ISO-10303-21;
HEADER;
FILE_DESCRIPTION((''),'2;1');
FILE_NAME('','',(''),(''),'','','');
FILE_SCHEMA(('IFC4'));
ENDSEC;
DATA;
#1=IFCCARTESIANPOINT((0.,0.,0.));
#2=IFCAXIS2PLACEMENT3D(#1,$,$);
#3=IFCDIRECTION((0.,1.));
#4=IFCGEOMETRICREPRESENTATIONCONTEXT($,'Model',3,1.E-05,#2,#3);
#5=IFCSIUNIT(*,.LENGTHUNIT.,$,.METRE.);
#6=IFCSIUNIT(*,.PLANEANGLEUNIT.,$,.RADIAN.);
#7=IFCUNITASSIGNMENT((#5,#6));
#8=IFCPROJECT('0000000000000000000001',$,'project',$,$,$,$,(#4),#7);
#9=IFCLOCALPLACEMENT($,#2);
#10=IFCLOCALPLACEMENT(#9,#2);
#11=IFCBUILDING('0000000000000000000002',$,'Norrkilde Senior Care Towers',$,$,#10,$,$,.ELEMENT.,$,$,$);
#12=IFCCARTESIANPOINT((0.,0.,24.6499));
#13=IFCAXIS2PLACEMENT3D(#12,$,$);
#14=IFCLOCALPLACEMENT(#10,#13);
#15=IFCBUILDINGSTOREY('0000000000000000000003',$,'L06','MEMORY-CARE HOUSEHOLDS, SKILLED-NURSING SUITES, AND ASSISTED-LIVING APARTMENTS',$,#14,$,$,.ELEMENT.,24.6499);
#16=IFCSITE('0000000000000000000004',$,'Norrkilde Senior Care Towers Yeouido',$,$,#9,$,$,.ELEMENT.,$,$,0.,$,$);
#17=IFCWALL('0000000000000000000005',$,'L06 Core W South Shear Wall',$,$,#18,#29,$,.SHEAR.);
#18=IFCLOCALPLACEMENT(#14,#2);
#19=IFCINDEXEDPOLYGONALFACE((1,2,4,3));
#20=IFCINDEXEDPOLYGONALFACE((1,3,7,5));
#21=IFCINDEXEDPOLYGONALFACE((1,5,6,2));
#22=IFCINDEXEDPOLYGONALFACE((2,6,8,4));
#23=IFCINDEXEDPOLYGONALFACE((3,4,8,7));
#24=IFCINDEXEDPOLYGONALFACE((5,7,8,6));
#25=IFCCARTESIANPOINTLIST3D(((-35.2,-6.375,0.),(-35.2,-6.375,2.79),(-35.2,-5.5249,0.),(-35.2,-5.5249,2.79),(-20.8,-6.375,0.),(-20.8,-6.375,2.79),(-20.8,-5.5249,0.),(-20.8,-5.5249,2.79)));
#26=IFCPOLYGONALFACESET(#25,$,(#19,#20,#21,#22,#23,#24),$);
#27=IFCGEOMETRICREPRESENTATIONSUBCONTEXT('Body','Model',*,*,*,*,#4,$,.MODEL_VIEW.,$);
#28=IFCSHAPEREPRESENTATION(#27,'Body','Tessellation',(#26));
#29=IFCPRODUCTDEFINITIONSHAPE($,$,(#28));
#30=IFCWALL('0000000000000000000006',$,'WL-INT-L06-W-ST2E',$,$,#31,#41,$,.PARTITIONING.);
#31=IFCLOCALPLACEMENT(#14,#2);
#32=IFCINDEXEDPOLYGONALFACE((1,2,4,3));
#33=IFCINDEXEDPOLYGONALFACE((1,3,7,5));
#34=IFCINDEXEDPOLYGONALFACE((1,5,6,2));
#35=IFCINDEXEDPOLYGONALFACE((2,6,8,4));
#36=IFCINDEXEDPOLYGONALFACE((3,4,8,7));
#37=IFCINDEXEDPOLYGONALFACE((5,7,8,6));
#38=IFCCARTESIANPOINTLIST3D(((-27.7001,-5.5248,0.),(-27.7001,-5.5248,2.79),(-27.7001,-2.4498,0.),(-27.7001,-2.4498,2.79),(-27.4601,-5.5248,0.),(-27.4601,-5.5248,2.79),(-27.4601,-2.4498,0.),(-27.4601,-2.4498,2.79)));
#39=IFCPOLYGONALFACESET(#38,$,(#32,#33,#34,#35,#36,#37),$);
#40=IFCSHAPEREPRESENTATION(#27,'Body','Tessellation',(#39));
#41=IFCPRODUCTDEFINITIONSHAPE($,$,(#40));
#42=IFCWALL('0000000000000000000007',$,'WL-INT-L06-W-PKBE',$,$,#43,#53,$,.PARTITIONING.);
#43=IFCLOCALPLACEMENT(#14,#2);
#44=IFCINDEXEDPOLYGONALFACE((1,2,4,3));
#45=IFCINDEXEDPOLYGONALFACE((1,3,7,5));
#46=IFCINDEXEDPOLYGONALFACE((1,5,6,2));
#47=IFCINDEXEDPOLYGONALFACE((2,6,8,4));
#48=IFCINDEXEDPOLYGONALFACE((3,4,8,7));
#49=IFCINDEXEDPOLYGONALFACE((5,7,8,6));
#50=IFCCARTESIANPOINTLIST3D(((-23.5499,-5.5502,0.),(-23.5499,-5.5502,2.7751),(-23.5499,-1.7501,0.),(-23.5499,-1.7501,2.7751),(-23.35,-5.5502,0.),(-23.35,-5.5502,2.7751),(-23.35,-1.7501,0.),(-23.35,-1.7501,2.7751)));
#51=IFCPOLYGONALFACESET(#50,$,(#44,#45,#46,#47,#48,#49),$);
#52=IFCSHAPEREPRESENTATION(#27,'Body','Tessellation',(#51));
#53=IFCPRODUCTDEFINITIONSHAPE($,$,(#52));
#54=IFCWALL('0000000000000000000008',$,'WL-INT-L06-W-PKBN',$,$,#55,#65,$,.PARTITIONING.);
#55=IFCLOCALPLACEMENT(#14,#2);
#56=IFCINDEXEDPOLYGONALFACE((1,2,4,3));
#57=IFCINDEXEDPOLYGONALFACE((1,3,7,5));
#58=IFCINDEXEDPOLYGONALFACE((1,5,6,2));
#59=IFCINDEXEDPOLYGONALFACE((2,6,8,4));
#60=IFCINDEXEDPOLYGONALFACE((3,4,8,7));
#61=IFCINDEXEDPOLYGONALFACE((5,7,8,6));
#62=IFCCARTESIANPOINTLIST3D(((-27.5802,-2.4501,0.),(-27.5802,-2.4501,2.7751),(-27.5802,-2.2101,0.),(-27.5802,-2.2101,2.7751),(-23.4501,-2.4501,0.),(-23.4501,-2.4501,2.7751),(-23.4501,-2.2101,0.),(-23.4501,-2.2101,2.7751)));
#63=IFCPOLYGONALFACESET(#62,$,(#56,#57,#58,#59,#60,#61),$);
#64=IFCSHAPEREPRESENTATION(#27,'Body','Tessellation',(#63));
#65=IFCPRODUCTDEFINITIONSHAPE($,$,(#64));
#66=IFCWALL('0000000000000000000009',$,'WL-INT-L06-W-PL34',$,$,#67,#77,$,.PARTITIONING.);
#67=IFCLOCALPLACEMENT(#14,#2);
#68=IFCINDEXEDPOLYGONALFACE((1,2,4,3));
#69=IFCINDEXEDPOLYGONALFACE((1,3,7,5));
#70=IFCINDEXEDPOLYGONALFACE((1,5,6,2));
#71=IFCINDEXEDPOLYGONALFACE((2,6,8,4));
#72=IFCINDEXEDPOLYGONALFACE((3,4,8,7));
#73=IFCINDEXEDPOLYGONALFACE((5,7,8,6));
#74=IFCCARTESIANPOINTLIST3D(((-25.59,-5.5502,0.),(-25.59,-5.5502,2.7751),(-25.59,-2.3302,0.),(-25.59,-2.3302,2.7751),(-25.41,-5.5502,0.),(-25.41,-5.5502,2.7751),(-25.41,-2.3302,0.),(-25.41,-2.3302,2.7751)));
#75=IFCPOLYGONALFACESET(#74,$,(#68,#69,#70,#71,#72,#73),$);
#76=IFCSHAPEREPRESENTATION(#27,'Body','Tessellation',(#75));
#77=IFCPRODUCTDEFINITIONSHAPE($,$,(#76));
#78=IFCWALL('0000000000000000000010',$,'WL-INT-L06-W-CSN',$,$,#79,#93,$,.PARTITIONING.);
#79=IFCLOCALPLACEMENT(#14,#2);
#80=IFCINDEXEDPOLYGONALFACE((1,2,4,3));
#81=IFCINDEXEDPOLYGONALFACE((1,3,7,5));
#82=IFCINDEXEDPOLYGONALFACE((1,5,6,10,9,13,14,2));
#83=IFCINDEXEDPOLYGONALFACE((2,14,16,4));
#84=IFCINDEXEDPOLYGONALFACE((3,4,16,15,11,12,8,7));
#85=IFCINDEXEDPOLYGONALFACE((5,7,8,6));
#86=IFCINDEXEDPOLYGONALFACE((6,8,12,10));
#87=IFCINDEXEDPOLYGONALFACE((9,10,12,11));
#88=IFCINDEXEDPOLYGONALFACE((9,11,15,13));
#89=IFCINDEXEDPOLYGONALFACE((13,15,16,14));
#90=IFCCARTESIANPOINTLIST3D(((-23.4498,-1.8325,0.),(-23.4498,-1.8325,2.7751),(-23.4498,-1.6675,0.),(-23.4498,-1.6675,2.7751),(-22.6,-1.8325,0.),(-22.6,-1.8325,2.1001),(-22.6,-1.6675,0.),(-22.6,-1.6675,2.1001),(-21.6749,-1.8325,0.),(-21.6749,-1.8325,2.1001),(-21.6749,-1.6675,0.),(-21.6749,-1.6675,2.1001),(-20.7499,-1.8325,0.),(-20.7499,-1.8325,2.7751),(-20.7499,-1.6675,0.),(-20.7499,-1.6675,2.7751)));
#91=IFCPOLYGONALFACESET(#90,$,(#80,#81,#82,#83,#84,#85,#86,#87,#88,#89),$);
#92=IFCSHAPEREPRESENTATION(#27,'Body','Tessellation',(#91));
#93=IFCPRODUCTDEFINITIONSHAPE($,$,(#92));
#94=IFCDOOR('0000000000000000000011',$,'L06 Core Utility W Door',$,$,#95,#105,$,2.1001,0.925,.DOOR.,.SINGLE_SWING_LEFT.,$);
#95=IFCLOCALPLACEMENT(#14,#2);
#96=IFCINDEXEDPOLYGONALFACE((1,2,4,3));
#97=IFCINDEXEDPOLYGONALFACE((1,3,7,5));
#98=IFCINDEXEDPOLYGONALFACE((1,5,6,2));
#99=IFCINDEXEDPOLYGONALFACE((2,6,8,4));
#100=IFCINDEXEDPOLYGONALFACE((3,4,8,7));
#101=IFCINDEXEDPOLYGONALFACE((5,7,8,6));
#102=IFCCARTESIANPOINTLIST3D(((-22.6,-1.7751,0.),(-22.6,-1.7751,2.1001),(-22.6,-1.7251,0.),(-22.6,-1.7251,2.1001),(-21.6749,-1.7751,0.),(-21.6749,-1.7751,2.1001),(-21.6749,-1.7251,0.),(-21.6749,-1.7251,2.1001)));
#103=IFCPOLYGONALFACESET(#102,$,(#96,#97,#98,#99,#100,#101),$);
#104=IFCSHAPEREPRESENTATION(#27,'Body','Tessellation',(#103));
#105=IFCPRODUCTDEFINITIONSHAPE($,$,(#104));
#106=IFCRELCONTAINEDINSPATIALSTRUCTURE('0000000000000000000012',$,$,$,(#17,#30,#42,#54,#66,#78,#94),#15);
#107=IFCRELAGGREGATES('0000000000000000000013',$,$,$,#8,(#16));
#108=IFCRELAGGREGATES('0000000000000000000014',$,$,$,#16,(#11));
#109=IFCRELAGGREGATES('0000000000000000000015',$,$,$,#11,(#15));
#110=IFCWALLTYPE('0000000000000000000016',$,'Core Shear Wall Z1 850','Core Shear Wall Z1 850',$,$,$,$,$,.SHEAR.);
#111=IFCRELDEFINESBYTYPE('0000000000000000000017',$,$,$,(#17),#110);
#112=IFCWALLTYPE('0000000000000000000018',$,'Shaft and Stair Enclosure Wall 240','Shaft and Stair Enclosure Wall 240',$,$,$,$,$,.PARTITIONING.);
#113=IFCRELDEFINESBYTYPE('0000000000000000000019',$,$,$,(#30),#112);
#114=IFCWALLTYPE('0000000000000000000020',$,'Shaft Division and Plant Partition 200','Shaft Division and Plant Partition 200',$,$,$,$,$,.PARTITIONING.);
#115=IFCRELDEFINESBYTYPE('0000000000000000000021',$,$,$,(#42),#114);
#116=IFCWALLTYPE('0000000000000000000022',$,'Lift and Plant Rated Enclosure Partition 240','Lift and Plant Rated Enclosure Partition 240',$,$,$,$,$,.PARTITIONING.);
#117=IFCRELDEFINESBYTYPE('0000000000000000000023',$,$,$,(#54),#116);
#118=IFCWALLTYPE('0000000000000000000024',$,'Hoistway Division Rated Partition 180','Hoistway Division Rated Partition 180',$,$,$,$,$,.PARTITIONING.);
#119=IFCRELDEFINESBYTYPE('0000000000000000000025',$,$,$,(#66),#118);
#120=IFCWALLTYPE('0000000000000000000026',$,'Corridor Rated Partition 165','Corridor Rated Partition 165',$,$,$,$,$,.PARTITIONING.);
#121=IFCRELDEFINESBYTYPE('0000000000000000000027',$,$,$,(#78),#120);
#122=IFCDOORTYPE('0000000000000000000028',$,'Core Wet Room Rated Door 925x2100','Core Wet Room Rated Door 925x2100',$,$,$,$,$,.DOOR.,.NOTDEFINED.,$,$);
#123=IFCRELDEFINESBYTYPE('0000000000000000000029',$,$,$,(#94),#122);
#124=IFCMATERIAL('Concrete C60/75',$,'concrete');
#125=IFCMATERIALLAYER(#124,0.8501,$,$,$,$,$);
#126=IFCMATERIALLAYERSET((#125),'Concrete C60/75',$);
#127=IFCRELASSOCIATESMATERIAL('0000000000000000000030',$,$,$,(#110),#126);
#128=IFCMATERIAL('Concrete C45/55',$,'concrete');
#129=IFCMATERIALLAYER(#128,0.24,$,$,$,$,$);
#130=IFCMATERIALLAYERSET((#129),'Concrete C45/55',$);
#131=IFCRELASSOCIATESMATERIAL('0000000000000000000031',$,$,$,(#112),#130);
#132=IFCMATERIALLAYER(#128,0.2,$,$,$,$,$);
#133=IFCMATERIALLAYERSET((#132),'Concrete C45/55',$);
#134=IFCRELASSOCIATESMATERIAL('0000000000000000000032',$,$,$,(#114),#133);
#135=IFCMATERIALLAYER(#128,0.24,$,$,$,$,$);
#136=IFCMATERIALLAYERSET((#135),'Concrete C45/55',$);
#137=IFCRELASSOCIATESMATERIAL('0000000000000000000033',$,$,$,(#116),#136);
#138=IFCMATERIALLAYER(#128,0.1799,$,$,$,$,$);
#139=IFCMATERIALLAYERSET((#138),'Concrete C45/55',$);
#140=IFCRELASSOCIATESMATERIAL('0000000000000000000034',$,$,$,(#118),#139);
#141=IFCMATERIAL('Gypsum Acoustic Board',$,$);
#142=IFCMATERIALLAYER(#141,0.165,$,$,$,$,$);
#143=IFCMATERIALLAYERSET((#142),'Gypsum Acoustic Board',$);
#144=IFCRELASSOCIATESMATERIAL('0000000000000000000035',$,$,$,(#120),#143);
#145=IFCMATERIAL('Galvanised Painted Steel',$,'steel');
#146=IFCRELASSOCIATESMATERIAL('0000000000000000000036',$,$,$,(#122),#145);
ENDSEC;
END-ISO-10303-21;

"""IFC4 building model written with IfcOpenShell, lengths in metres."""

from ifc_helpers import new_model, si_unit, direction, frame, frame_2d, origin, place, context, subcontext, project, spatial, rectangle, extrude, source, transform, mapped, material, layer, layer_set, type_object, type_shapes, element, fill, save


model = new_model("IFC4")

# Units and contexts
model_context = context("Model", 3, precision=1e-05, world=origin(), true_north=direction((0.0, 1.0)))
body_context = subcontext(model_context, "Body", "Model", "MODEL_VIEW")
ifc_project = project(units=[si_unit("LENGTHUNIT", "METRE"), si_unit("PLANEANGLEUNIT", "RADIAN")], contexts=[model_context])

# Site, building, storey
site_placement = place(None, origin())
site = spatial("IfcSite", under=ifc_project, at=site_placement, Name="Norrkilde Senior Care Towers Yeouido", CompositionType="ELEMENT", RefElevation=0.0)
building_placement = place(site_placement, origin())
building = spatial("IfcBuilding", under=site, at=building_placement, Name="Norrkilde Senior Care Towers", CompositionType="ELEMENT")
storey_placement = place(building_placement, frame((0.0, 0.0, 24.6499)))
storey = spatial("IfcBuildingStorey", under=building, at=storey_placement, Name="L06", Description="MEMORY-CARE HOUSEHOLDS, SKILLED-NURSING SUITES, AND ASSISTED-LIVING APARTMENTS", CompositionType="ELEMENT", Elevation=24.6499)

# Shared definitions
ifc_material_1 = material(Name="Concrete C60/75", Category="concrete")

# Walls
ifc_layer_1 = layer(ifc_material_1, 0.8501)
ifc_layer_set_1 = layer_set([ifc_layer_1], Name="Concrete C60/75")
wall_type_1 = type_object("IfcWallType", Name="Core Shear Wall Z1 850", Description="Core Shear Wall Z1 850", PredefinedType="SHEAR", material=ifc_layer_set_1)
shared_shape_1 = source(origin(), body_context, "Body", "SweptSolid", [
    extrude(rectangle(XDim=14.3999, YDim=0.8501, at=frame_2d((7.2, 0.0))), origin(), (0.0, 0.0, 1.0), 2.79),
])
type_shapes(wall_type_1, [shared_shape_1])
wall_1_placement = place(storey_placement, frame((-20.8, -5.95, 0.0), z_axis=(0.0, 0.0, 1.0), x_axis=(-1.0, 0.0, 0.0)))
element("IfcWall", 1, at=wall_1_placement, inside=storey, type_object=wall_type_1, Name="L06 Core W South Shear Wall", PredefinedType="SHEAR", context=body_context, shape_type="MappedRepresentation", body=[
    mapped(shared_shape_1, transform((0.0, 0.0, 0.0), x_axis=(1.0, 0.0, 0.0), y_axis=(0.0, 1.0, 0.0), z_axis=(0.0, 0.0, 1.0), scale=1.0)),
])
ifc_material_2 = material(Name="Concrete C45/55", Category="concrete")
ifc_layer_2 = layer(ifc_material_2, 0.24)
ifc_layer_set_2 = layer_set([ifc_layer_2], Name="Concrete C45/55")
wall_type_2 = type_object("IfcWallType", Name="Shaft and Stair Enclosure Wall 240", Description="Shaft and Stair Enclosure Wall 240", PredefinedType="PARTITIONING", material=ifc_layer_set_2)
shared_shape_2 = source(origin(), body_context, "Body", "SweptSolid", [
    extrude(rectangle(XDim=3.075, YDim=0.24, at=frame_2d((1.5376, 0.0))), origin(), (0.0, 0.0, 1.0), 2.79),
])
type_shapes(wall_type_2, [shared_shape_2])
wall_2_placement = place(storey_placement, frame((-27.5801, -5.5249, 0.0), z_axis=(0.0, 0.0, 1.0), x_axis=(0.0, 1.0, 0.0)))
element("IfcWall", 2, at=wall_2_placement, inside=storey, type_object=wall_type_2, Name="WL-INT-L06-W-ST2E", PredefinedType="PARTITIONING", context=body_context, shape_type="MappedRepresentation", body=[
    mapped(shared_shape_2, transform((0.0, 0.0, 0.0), x_axis=(1.0, 0.0, 0.0), y_axis=(0.0, 1.0, 0.0), z_axis=(0.0, 0.0, 1.0), scale=1.0)),
])
ifc_layer_3 = layer(ifc_material_2, 0.2)
ifc_layer_set_3 = layer_set([ifc_layer_3], Name="Concrete C45/55")
wall_type_3 = type_object("IfcWallType", Name="Shaft Division and Plant Partition 200", Description="Shaft Division and Plant Partition 200", PredefinedType="PARTITIONING", material=ifc_layer_set_3)
shared_shape_3 = source(origin(), body_context, "Body", "SweptSolid", [
    extrude(rectangle(XDim=3.8, YDim=0.2, at=frame_2d((1.8999, 0.0))), origin(), (0.0, 0.0, 1.0), 2.7751),
])
type_shapes(wall_type_3, [shared_shape_3])
wall_3_placement = place(storey_placement, frame((-23.45, -5.55, 0.0), z_axis=(0.0, 0.0, 1.0), x_axis=(0.0, 1.0, 0.0)))
element("IfcWall", 3, at=wall_3_placement, inside=storey, type_object=wall_type_3, Name="WL-INT-L06-W-PKBE", PredefinedType="PARTITIONING", context=body_context, shape_type="MappedRepresentation", body=[
    mapped(shared_shape_3, transform((0.0, 0.0, 0.0), x_axis=(1.0, 0.0, 0.0), y_axis=(0.0, 1.0, 0.0), z_axis=(0.0, 0.0, 1.0), scale=1.0)),
])
ifc_layer_4 = layer(ifc_material_2, 0.24)
ifc_layer_set_4 = layer_set([ifc_layer_4], Name="Concrete C45/55")
wall_type_4 = type_object("IfcWallType", Name="Lift and Plant Rated Enclosure Partition 240", Description="Lift and Plant Rated Enclosure Partition 240", PredefinedType="PARTITIONING", material=ifc_layer_set_4)
shared_shape_4 = source(origin(), body_context, "Body", "SweptSolid", [
    extrude(rectangle(XDim=4.1301, YDim=0.24, at=frame_2d((2.0649, 0.0))), origin(), (0.0, 0.0, 1.0), 2.7751),
])
type_shapes(wall_type_4, [shared_shape_4])
wall_4_placement = place(storey_placement, frame((-27.5801, -2.3301, 0.0), z_axis=(0.0, 0.0, 1.0), x_axis=(1.0, 0.0, 0.0)))
element("IfcWall", 4, at=wall_4_placement, inside=storey, type_object=wall_type_4, Name="WL-INT-L06-W-PKBN", PredefinedType="PARTITIONING", context=body_context, shape_type="MappedRepresentation", body=[
    mapped(shared_shape_4, transform((0.0, 0.0, 0.0), x_axis=(1.0, 0.0, 0.0), y_axis=(0.0, 1.0, 0.0), z_axis=(0.0, 0.0, 1.0), scale=1.0)),
])
ifc_layer_5 = layer(ifc_material_2, 0.1799)
ifc_layer_set_5 = layer_set([ifc_layer_5], Name="Concrete C45/55")
wall_type_5 = type_object("IfcWallType", Name="Hoistway Division Rated Partition 180", Description="Hoistway Division Rated Partition 180", PredefinedType="PARTITIONING", material=ifc_layer_set_5)
shared_shape_5 = source(origin(), body_context, "Body", "SweptSolid", [
    extrude(rectangle(XDim=3.22, YDim=0.1799, at=frame_2d((1.6099, 0.0))), origin(), (0.0, 0.0, 1.0), 2.7751),
])
type_shapes(wall_type_5, [shared_shape_5])
wall_5_placement = place(storey_placement, frame((-25.5, -5.55, 0.0), z_axis=(0.0, 0.0, 1.0), x_axis=(0.0, 1.0, 0.0)))
element("IfcWall", 5, at=wall_5_placement, inside=storey, type_object=wall_type_5, Name="WL-INT-L06-W-PL34", PredefinedType="PARTITIONING", context=body_context, shape_type="MappedRepresentation", body=[
    mapped(shared_shape_5, transform((0.0, 0.0, 0.0), x_axis=(1.0, 0.0, 0.0), y_axis=(0.0, 1.0, 0.0), z_axis=(0.0, 0.0, 1.0), scale=1.0)),
])

# Wall, opening, door
ifc_material_3 = material(Name="Gypsum Acoustic Board")
ifc_layer_6 = layer(ifc_material_3, 0.165)
ifc_layer_set_6 = layer_set([ifc_layer_6], Name="Gypsum Acoustic Board")
wall_type_6 = type_object("IfcWallType", Name="Corridor Rated Partition 165", Description="Corridor Rated Partition 165", PredefinedType="PARTITIONING", material=ifc_layer_set_6)
shared_shape_6 = source(origin(), body_context, "Body", "SweptSolid", [
    extrude(rectangle(XDim=2.7, YDim=0.165, at=frame_2d((1.3501, 0.0))), origin(), (0.0, 0.0, 1.0), 2.7751),
])
wall_6_placement = place(storey_placement, frame((-23.45, -1.75, 0.0), z_axis=(0.0, 0.0, 1.0), x_axis=(1.0, 0.0, 0.0)))
wall_6 = element("IfcWall", 6, at=wall_6_placement, inside=storey, type_object=wall_type_6, Name="WL-INT-L06-W-CSN", PredefinedType="PARTITIONING", context=body_context, shape_type="MappedRepresentation", body=[
    mapped(shared_shape_6, transform((0.0, 0.0, 0.0), x_axis=(1.0, 0.0, 0.0), y_axis=(0.0, 1.0, 0.0), z_axis=(0.0, 0.0, 1.0), scale=1.0)),
])
opening_1_placement = place(wall_6_placement, frame((0.8501, 0.0, 0.0)))
opening_1 = element("IfcOpeningElement", 7, at=opening_1_placement, cuts=wall_6, PredefinedType="OPENING", context=body_context, shape_type="SweptSolid", body=[
    extrude(rectangle(XDim=0.925, YDim=2.1001, at=frame_2d((0.4624, 1.05))), frame((0.0, 0.0925, 0.0), z_axis=(0.0, -1.0, 0.0), x_axis=(1.0, 0.0, 0.0)), (0.0, 0.0, 1.0), 0.1851),
])
ifc_material_4 = material(Name="Galvanised Painted Steel", Category="steel")
door_type_1 = type_object("IfcDoorType", Name="Core Wet Room Rated Door 925x2100", Description="Core Wet Room Rated Door 925x2100", OperationType="NOTDEFINED", PredefinedType="DOOR", material=ifc_material_4)
shared_shape_7 = source(origin(), body_context, "Body", "SweptSolid", [
    extrude(rectangle(XDim=0.925, YDim=2.1001, at=frame_2d((0.4624, 1.05))), frame((0.0, 0.0249, 0.0), z_axis=(0.0, -1.0, 0.0), x_axis=(1.0, 0.0, 0.0)), (0.0, 0.0, 1.0), 0.05),
])
type_shapes(door_type_1, [shared_shape_7])
door_1_placement = place(opening_1_placement, origin())
door_1 = element("IfcDoor", 8, at=door_1_placement, inside=storey, type_object=door_type_1, Name="L06 Core Utility W Door", OperationType="SINGLE_SWING_LEFT", OverallHeight=2.1001, OverallWidth=0.925, PredefinedType="DOOR", context=body_context, shape_type="MappedRepresentation", body=[
    mapped(shared_shape_7, transform((0.0, 0.0, 0.0), x_axis=(1.0, 0.0, 0.0), y_axis=(0.0, 1.0, 0.0), z_axis=(0.0, 0.0, 1.0), scale=1.0)),
])
fill(opening_1, door_1)

save(model, "model.ifc")
